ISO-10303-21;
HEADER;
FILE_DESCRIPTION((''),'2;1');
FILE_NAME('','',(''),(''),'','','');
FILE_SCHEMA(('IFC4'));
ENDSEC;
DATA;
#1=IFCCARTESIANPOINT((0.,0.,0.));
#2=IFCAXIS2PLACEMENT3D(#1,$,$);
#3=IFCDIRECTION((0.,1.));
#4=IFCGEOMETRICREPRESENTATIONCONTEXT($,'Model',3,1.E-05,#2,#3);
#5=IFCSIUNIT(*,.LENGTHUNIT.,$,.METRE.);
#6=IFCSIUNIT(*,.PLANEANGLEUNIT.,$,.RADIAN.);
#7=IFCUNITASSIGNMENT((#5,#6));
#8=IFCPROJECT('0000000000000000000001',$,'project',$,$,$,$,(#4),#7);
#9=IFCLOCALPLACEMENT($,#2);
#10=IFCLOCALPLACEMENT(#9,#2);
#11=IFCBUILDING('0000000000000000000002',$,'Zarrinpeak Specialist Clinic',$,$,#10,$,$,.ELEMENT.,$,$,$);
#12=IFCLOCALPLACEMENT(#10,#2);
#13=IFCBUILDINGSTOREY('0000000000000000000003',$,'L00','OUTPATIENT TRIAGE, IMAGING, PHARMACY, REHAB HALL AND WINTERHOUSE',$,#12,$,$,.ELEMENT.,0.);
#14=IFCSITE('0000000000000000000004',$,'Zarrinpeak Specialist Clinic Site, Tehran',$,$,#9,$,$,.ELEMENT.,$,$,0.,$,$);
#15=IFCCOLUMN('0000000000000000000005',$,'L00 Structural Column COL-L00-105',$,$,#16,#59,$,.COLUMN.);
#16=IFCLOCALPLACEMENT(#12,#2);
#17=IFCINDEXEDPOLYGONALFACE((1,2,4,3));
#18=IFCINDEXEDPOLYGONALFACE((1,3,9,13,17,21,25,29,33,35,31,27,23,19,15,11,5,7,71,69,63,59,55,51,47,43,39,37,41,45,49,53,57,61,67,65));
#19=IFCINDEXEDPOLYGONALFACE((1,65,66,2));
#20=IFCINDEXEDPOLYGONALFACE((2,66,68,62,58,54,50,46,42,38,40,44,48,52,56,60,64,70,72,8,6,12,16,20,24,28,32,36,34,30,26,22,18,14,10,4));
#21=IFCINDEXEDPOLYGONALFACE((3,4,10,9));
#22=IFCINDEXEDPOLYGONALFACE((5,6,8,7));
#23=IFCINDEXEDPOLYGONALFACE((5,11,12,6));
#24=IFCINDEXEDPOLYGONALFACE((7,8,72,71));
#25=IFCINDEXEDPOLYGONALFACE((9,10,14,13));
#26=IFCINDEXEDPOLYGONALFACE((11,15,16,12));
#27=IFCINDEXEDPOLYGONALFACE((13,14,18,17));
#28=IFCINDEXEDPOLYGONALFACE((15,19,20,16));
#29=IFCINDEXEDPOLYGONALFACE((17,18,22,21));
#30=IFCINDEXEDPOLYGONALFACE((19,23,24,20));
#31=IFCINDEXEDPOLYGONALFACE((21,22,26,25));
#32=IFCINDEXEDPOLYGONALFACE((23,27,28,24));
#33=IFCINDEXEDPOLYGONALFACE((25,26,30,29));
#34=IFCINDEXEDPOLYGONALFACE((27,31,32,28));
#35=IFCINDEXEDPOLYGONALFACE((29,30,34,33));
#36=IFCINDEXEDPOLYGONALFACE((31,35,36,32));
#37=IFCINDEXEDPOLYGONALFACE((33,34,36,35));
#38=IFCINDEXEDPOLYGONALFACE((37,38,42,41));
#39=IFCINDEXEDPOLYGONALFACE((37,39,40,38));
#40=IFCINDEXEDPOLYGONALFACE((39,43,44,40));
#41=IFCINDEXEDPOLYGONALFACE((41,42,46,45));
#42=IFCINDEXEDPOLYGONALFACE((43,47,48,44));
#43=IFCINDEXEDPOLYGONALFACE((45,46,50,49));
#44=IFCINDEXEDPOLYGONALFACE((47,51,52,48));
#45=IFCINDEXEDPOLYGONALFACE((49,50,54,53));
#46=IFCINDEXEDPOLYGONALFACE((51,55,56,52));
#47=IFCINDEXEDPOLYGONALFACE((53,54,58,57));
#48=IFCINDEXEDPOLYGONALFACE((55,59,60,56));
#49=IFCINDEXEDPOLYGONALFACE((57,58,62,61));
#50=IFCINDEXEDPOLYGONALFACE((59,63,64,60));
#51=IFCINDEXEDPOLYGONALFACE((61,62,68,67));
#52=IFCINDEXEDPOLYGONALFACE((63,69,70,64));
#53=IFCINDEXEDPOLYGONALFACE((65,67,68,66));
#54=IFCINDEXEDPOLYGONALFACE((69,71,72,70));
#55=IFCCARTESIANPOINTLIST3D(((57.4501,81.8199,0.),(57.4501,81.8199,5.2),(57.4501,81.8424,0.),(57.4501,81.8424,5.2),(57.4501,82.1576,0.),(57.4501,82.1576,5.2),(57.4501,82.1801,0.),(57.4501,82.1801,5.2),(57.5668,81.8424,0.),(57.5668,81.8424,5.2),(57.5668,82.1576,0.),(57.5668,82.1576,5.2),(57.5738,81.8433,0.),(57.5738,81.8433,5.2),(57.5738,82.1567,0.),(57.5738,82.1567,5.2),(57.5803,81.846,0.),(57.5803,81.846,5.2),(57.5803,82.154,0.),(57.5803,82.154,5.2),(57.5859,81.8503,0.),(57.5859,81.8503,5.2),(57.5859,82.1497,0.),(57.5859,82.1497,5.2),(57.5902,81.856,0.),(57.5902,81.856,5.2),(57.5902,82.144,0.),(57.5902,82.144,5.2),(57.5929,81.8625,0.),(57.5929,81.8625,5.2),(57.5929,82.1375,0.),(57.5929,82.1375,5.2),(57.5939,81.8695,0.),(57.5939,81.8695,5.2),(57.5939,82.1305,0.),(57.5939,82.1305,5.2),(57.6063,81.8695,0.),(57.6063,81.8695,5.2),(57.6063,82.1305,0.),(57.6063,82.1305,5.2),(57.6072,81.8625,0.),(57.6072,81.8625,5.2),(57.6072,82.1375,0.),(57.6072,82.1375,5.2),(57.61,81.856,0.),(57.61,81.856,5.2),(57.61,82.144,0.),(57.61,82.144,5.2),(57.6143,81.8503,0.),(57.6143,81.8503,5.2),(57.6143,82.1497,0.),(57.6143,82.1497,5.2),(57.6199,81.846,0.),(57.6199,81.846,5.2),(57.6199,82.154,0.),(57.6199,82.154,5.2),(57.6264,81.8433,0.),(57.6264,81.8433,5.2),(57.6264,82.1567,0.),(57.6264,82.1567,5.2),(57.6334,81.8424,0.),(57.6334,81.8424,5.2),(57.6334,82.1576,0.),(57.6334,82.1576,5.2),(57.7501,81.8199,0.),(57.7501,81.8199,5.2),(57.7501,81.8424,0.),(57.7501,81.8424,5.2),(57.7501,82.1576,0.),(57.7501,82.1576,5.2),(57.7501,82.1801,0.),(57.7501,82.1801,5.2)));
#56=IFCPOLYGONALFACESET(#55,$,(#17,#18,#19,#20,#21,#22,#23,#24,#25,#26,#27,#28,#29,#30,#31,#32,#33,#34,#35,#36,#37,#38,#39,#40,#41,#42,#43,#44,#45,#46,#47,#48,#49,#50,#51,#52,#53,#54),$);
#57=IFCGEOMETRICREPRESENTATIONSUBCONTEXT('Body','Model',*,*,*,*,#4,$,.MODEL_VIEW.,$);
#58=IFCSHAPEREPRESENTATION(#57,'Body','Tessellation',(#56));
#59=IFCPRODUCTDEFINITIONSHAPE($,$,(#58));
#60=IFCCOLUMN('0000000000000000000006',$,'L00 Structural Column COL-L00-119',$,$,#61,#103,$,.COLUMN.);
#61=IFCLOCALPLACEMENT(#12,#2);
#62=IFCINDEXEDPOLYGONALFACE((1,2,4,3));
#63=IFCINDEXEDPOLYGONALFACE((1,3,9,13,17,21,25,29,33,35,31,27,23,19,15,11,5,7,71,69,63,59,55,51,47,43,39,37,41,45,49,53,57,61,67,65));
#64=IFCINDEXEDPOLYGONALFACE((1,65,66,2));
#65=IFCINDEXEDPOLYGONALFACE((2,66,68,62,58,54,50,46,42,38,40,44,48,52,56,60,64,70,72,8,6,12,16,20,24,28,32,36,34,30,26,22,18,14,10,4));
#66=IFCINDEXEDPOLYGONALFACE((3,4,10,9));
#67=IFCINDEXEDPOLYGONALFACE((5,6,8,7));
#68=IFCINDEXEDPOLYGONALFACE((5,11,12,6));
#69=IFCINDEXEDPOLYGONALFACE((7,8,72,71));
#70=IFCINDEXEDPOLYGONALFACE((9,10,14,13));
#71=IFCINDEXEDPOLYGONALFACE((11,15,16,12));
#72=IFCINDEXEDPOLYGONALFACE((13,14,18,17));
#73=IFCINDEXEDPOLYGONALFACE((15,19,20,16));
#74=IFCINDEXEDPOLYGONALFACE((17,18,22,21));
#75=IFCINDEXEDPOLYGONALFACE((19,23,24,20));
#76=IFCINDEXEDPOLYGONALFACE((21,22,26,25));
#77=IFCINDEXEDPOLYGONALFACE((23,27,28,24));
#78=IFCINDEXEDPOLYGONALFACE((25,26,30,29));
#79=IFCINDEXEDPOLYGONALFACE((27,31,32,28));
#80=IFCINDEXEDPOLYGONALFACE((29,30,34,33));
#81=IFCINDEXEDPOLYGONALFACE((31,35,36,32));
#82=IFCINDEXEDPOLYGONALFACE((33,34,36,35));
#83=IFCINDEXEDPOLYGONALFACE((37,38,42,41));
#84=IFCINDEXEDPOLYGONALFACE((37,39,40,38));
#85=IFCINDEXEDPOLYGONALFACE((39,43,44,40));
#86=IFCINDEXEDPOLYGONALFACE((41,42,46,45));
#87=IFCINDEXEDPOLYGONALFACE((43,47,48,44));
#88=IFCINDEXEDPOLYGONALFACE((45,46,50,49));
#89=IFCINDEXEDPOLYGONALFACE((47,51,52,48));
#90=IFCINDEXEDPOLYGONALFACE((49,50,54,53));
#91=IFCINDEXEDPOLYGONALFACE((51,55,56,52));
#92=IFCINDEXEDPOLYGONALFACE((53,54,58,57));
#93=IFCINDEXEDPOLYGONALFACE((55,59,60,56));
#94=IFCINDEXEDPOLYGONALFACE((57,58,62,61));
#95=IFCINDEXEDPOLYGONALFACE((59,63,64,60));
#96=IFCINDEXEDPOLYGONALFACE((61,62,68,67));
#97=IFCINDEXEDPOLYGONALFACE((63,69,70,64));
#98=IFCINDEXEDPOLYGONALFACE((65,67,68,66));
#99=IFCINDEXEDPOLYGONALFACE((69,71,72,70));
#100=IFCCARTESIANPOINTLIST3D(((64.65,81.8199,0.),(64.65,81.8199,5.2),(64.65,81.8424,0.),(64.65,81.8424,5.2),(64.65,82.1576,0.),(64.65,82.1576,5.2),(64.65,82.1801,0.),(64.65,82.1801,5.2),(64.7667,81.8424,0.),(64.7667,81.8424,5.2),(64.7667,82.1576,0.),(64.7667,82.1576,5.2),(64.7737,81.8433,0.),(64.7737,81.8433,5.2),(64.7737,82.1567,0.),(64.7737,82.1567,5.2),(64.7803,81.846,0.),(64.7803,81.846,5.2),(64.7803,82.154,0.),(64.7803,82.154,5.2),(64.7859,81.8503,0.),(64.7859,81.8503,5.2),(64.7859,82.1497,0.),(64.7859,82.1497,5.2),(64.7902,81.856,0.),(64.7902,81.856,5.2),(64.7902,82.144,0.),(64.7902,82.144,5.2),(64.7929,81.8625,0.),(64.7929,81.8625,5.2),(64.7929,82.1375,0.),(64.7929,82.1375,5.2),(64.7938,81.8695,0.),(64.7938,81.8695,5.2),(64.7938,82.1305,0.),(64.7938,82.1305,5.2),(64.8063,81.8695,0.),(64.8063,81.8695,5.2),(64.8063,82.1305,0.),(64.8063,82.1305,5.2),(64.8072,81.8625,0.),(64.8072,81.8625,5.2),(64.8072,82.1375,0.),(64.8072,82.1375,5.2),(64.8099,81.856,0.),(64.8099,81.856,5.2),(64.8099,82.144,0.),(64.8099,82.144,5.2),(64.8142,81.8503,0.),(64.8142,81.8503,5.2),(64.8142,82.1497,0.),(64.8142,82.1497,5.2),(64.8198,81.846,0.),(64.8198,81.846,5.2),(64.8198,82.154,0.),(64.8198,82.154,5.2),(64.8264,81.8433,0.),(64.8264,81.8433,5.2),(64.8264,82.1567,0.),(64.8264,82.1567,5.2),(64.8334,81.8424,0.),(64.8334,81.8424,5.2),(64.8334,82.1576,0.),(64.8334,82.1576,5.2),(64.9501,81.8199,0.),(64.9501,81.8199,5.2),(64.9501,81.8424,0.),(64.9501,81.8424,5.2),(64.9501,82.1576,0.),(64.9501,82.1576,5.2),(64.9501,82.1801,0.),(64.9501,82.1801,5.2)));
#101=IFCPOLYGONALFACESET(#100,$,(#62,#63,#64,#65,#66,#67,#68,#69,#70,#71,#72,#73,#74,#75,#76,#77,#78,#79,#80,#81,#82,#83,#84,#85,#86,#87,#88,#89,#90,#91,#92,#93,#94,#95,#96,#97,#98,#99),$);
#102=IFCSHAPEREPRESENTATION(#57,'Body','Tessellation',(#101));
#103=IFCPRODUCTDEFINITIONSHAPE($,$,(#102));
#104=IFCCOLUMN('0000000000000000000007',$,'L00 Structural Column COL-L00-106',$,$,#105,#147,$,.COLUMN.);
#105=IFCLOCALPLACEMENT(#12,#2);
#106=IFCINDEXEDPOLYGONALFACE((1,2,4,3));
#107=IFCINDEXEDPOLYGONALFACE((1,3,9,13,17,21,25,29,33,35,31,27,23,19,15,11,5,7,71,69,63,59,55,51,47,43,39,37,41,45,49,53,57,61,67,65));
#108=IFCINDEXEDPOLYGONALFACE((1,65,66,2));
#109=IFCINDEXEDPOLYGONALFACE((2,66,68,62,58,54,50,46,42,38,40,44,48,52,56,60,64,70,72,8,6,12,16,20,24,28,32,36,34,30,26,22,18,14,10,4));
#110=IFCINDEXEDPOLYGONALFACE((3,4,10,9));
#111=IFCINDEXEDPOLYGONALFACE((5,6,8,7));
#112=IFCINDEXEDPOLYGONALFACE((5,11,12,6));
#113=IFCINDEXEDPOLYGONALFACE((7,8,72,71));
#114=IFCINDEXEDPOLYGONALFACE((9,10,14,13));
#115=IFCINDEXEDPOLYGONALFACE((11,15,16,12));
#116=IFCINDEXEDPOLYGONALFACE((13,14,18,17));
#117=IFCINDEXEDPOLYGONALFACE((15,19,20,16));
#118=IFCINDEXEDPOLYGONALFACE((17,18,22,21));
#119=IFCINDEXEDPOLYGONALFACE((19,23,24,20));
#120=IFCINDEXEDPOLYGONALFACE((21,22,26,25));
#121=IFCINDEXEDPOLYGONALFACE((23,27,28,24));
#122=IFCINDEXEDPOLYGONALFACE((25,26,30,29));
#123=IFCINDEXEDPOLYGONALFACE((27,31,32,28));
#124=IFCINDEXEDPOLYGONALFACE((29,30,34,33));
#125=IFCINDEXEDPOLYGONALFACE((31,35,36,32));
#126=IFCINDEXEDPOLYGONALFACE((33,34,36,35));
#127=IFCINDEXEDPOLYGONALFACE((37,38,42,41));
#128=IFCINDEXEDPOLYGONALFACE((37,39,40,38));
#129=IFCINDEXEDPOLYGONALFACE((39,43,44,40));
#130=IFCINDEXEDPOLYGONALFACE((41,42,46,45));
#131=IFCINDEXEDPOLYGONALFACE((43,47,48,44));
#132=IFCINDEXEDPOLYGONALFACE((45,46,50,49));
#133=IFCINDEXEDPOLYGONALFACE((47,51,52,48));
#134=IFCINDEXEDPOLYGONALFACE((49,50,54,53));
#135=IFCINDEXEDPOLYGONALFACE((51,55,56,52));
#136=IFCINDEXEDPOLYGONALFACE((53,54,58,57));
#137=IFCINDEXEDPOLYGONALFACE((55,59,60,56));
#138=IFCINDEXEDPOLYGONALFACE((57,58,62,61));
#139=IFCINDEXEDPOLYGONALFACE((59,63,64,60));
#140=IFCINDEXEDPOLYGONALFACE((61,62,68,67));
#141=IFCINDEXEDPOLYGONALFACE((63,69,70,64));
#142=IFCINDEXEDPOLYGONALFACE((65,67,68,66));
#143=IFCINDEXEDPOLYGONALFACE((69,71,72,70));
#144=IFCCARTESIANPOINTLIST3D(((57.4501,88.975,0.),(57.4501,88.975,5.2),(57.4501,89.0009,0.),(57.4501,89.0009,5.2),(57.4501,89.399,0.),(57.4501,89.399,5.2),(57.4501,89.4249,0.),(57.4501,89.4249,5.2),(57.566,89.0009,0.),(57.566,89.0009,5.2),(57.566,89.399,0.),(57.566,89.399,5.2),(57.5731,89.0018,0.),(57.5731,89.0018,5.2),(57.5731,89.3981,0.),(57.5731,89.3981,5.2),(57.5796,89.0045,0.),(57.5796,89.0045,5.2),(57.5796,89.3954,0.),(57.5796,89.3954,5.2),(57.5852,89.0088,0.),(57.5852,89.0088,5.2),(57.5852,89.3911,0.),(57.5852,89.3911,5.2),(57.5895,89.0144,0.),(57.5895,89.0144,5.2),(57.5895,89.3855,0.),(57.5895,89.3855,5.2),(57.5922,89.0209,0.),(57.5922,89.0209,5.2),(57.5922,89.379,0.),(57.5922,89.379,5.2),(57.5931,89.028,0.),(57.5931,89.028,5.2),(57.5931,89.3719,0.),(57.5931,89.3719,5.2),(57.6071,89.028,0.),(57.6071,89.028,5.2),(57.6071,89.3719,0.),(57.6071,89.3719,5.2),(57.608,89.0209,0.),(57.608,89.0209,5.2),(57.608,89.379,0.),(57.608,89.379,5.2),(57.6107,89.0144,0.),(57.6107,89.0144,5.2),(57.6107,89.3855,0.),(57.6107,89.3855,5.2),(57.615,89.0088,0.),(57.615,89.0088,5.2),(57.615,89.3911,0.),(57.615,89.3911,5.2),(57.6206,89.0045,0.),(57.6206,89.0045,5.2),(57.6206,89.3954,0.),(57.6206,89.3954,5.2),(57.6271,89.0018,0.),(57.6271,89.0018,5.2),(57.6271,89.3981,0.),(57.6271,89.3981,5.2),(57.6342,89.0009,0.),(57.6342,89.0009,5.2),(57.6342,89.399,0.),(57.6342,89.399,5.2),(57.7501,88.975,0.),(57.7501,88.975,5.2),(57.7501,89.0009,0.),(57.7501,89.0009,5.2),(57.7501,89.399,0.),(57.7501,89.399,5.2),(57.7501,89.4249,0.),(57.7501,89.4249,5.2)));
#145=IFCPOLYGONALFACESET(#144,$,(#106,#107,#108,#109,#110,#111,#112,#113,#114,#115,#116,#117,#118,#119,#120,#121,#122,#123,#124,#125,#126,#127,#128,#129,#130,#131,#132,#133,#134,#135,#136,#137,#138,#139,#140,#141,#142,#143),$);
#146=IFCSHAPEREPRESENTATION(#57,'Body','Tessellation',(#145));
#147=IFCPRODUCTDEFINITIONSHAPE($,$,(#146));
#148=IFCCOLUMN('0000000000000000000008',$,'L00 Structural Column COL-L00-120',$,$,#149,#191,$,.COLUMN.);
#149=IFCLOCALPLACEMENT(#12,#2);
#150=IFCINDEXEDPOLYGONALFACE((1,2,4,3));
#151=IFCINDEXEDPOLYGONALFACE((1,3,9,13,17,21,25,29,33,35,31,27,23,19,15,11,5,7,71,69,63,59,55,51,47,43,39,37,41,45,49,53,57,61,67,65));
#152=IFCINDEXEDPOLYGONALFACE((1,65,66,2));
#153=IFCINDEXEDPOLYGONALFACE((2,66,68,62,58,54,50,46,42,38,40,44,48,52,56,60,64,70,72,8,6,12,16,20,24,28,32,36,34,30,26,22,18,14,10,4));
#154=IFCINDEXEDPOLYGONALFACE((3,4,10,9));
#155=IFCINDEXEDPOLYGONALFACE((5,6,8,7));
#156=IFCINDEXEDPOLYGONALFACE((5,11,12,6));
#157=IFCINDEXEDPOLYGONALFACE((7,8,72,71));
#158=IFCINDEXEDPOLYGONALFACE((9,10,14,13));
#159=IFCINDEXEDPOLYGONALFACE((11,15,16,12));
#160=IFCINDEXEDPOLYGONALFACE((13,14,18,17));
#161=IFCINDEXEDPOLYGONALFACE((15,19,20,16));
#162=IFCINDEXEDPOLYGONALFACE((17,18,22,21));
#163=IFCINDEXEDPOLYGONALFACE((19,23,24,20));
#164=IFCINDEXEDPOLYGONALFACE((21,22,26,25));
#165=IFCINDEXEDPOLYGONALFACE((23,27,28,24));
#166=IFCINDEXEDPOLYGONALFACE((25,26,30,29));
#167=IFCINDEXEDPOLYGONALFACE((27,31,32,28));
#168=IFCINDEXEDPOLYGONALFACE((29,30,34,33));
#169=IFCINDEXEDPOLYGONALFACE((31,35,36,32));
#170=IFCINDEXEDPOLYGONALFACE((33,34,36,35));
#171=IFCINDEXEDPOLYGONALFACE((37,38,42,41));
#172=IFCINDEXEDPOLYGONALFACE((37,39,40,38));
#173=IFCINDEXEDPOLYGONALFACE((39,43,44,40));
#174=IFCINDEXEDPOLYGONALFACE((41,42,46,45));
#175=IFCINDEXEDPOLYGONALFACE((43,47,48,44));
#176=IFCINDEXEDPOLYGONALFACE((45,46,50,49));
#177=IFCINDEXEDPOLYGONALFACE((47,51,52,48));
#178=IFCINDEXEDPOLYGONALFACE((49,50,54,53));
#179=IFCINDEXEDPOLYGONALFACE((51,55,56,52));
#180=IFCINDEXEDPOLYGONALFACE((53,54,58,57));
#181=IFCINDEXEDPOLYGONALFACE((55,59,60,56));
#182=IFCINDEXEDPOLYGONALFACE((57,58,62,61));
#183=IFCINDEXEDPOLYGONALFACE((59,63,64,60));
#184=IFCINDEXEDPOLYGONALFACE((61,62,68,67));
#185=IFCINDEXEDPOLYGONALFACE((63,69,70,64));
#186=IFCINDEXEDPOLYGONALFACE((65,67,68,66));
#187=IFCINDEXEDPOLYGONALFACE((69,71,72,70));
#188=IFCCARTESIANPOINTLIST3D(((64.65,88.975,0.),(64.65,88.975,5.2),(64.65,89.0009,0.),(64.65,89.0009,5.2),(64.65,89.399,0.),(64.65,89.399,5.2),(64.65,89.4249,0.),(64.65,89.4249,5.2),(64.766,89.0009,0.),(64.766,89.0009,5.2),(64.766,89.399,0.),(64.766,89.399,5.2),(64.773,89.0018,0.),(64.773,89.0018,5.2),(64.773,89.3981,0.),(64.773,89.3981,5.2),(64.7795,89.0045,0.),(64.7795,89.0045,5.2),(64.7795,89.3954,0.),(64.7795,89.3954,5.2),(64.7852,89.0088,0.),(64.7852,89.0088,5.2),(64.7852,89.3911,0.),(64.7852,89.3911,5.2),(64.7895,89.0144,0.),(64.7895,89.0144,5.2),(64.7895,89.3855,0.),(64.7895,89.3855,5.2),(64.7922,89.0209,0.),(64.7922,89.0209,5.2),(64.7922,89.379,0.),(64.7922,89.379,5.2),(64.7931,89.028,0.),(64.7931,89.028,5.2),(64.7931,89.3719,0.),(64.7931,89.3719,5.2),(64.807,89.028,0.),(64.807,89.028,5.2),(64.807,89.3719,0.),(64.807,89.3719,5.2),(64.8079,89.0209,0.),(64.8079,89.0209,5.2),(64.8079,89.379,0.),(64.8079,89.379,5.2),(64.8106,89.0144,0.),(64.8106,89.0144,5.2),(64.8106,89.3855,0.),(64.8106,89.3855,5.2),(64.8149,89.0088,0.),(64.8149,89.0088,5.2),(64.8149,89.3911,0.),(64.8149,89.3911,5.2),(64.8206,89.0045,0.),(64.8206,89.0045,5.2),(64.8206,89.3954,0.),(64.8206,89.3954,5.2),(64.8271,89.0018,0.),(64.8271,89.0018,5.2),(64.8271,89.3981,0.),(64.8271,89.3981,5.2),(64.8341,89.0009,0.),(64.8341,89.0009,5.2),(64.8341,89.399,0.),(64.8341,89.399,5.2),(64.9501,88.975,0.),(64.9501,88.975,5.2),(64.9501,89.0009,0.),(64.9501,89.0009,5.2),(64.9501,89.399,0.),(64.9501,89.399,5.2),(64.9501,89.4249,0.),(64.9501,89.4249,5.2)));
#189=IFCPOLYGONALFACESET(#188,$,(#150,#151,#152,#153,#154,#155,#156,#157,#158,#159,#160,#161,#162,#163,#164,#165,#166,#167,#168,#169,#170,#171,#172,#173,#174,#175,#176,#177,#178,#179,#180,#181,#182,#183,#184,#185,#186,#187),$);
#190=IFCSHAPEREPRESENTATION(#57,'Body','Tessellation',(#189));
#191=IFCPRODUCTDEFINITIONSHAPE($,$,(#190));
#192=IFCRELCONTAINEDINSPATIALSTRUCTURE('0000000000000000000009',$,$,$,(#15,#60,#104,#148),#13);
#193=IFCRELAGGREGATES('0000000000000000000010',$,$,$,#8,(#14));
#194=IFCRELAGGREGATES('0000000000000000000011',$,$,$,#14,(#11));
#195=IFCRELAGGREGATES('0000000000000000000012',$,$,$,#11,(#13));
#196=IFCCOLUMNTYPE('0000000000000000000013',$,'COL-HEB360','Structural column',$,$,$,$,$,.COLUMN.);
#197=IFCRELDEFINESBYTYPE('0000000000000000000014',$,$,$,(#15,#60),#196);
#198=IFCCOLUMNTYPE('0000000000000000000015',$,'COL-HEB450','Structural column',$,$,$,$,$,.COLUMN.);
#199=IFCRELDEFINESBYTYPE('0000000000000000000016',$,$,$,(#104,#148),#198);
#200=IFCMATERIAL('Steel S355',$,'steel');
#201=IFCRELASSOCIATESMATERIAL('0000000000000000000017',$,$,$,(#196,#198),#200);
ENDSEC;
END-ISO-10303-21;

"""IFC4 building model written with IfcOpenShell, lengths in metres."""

from ifc_helpers import new_model, si_unit, direction, frame, origin, origin_2d, place, context, subcontext, project, spatial, i_section, extrude, material, material_profile, profile_set, type_object, element, save


model = new_model("IFC4")

# Units and contexts
model_context = context("Model", 3, precision=1e-05, world=origin(), true_north=direction((0.0, 1.0)))
body_context = subcontext(model_context, "Body", "Model", "MODEL_VIEW")
ifc_project = project(units=[si_unit("LENGTHUNIT", "METRE"), si_unit("PLANEANGLEUNIT", "RADIAN")], contexts=[model_context])

# Site, building, storey
site_placement = place(None, origin())
site = spatial("IfcSite", under=ifc_project, at=site_placement, Name="Zarrinpeak Specialist Clinic Site, Tehran", CompositionType="ELEMENT", RefElevation=0.0)
building_placement = place(site_placement, origin())
building = spatial("IfcBuilding", under=site, at=building_placement, Name="Zarrinpeak Specialist Clinic", CompositionType="ELEMENT")
storey_placement = place(building_placement, origin())
storey = spatial("IfcBuildingStorey", under=building, at=storey_placement, Name="L00", Description="OUTPATIENT TRIAGE, IMAGING, PHARMACY, REHAB HALL AND WINTERHOUSE", CompositionType="ELEMENT", Elevation=0.0)

# Columns
ifc_material_1 = material(Name="Steel S355", Category="steel")
ifc_material_profile_1 = material_profile(ifc_material_1, i_section(OverallWidth=0.3, OverallDepth=0.3601, WebThickness=0.0125, FlangeThickness=0.0225, FilletRadius=0.0271, at=origin_2d()), Name="HEB 360")
ifc_profile_set_1 = profile_set([ifc_material_profile_1], Name="Steel S355")
column_type_1 = type_object("IfcColumnType", Name="COL-HEB360", Description="Structural column", PredefinedType="COLUMN", material=ifc_profile_set_1)
for number, where, z_axis, x_axis, name in (
    (1, (57.6001, 82.0, 0.0), (0.0, 0.0, 1.0), (1.0, 0.0, 0.0), "L00 Structural Column COL-L00-105"),
    (2, (64.8, 82.0, 0.0), (0.0, 0.0, 1.0), (1.0, 0.0, 0.0), "L00 Structural Column COL-L00-119"),
):
    element("IfcColumn", number, at=place(storey_placement, frame(where, z_axis=z_axis, x_axis=x_axis)), inside=storey, type_object=column_type_1, Name=name, PredefinedType="COLUMN", context=body_context, shape_type="SweptSolid", body=[
        extrude(i_section(OverallWidth=0.3, OverallDepth=0.3601, WebThickness=0.0125, FlangeThickness=0.0225, FilletRadius=0.0271, at=origin_2d()), origin(), (0.0, 0.0, 1.0), 5.2),
    ])
ifc_material_profile_2 = material_profile(ifc_material_1, i_section(OverallWidth=0.3, OverallDepth=0.45, WebThickness=0.0139, FlangeThickness=0.0259, FilletRadius=0.0271, at=origin_2d()), Name="HEB 450")
ifc_profile_set_2 = profile_set([ifc_material_profile_2], Name="Steel S355")
column_type_2 = type_object("IfcColumnType", Name="COL-HEB450", Description="Structural column", PredefinedType="COLUMN", material=ifc_profile_set_2)
for number, where, z_axis, x_axis, name in (
    (3, (57.6001, 89.2, 0.0), (0.0, 0.0, 1.0), (1.0, 0.0, 0.0), "L00 Structural Column COL-L00-106"),
    (4, (64.8, 89.2, 0.0), (0.0, 0.0, 1.0), (1.0, 0.0, 0.0), "L00 Structural Column COL-L00-120"),
):
    element("IfcColumn", number, at=place(storey_placement, frame(where, z_axis=z_axis, x_axis=x_axis)), inside=storey, type_object=column_type_2, Name=name, PredefinedType="COLUMN", context=body_context, shape_type="SweptSolid", body=[
        extrude(i_section(OverallWidth=0.3, OverallDepth=0.45, WebThickness=0.0139, FlangeThickness=0.0259, FilletRadius=0.0271, at=origin_2d()), origin(), (0.0, 0.0, 1.0), 5.2),
    ])

save(model, "model.ifc")
